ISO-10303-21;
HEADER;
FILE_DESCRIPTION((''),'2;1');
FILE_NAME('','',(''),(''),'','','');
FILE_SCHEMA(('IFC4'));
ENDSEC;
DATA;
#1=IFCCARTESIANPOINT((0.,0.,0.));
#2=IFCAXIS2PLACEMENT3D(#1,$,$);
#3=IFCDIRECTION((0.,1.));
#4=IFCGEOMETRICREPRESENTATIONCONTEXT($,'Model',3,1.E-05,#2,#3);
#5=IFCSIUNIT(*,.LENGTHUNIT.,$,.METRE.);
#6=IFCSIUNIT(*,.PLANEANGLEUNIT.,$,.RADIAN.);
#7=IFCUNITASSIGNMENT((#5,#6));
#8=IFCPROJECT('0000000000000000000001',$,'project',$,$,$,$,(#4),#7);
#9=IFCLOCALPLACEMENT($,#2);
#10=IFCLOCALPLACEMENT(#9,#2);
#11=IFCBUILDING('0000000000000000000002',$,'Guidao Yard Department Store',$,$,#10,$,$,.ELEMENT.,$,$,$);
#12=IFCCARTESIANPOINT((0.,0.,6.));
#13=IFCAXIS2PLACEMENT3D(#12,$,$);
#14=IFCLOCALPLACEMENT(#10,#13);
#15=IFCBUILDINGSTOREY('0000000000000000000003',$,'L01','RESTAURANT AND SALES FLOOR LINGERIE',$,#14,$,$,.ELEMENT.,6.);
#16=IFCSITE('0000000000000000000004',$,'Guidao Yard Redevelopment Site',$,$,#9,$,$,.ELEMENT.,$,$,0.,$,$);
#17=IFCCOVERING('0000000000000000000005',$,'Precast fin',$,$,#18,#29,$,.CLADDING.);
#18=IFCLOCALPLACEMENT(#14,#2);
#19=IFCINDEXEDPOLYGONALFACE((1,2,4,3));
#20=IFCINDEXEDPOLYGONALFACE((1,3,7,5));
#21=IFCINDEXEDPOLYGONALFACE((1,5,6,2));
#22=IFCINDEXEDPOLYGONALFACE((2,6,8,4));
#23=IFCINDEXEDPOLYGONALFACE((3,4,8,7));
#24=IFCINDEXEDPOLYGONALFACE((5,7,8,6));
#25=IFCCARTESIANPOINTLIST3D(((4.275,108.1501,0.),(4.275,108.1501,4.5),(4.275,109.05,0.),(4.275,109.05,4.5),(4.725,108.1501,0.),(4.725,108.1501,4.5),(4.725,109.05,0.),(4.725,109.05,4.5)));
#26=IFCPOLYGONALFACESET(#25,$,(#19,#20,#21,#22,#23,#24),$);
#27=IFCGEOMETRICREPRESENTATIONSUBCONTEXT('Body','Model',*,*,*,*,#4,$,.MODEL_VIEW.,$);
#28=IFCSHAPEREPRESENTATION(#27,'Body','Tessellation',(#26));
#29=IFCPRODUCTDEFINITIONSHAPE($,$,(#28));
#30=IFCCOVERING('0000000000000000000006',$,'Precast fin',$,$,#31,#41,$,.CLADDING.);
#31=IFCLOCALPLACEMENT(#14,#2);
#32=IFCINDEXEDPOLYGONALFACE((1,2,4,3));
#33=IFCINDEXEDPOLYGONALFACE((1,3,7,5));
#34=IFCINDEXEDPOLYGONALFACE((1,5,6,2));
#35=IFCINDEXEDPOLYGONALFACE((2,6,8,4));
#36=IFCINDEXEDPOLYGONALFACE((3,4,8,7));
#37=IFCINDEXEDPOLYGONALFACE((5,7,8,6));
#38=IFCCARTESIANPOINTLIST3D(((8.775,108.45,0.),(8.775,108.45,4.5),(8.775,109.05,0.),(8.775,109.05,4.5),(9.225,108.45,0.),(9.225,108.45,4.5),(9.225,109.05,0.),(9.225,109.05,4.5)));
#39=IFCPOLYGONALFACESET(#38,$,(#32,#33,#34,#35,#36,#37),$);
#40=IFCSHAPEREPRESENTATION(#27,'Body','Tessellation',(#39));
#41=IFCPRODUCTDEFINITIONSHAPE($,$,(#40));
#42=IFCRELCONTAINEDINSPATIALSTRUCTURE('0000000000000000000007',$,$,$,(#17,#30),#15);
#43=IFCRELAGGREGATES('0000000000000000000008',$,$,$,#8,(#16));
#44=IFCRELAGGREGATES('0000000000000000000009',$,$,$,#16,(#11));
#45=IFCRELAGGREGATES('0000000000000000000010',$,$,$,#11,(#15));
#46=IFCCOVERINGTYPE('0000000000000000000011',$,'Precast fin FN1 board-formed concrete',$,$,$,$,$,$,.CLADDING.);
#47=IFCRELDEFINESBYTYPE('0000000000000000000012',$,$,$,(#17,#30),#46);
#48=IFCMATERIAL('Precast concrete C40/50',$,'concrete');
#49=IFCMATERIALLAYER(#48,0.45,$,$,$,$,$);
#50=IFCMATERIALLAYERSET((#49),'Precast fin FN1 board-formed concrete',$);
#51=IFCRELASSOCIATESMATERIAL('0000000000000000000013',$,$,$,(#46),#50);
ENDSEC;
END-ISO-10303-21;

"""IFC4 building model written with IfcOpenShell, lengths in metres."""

from ifc_helpers import new_model, si_unit, direction, frame, origin, origin_2d, place, context, subcontext, project, spatial, rectangle, extrude, material, layer, layer_set, type_object, element, save


model = new_model("IFC4")

# Units and contexts
model_context = context("Model", 3, precision=1e-05, world=origin(), true_north=direction((0.0, 1.0)))
body_context = subcontext(model_context, "Body", "Model", "MODEL_VIEW")
ifc_project = project(units=[si_unit("LENGTHUNIT", "METRE"), si_unit("PLANEANGLEUNIT", "RADIAN")], contexts=[model_context])

# Site, building, storey
site_placement = place(None, origin())
site = spatial("IfcSite", under=ifc_project, at=site_placement, Name="Guidao Yard Redevelopment Site", CompositionType="ELEMENT", RefElevation=0.0)
building_placement = place(site_placement, origin())
building = spatial("IfcBuilding", under=site, at=building_placement, Name="Guidao Yard Department Store", CompositionType="ELEMENT")
storey_placement = place(building_placement, frame((0.0, 0.0, 6.0)))
storey = spatial("IfcBuildingStorey", under=building, at=storey_placement, Name="L01", Description="RESTAURANT AND SALES FLOOR LINGERIE", CompositionType="ELEMENT", Elevation=6.0)

# Coverings
ifc_material_1 = material(Name="Precast concrete C40/50", Category="concrete")
ifc_layer_1 = layer(ifc_material_1, 0.45)
ifc_layer_set_1 = layer_set([ifc_layer_1], Name="Precast fin FN1 board-formed concrete")
covering_type = type_object("IfcCoveringType", Name="Precast fin FN1 board-formed concrete", PredefinedType="CLADDING", material=ifc_layer_set_1)
covering_1_placement = place(storey_placement, frame((4.5, 108.6001, 0.0), z_axis=(0.0, 0.0, 1.0), x_axis=(1.0, 0.0, 0.0)))
element("IfcCovering", 1, at=covering_1_placement, inside=storey, type_object=covering_type, Name="Precast fin", PredefinedType="CLADDING", context=body_context, shape_type="SweptSolid", body=[
    extrude(rectangle(XDim=0.45, YDim=0.8999, at=origin_2d()), origin(), (0.0, 0.0, 1.0), 4.5),
])
covering_2_placement = place(storey_placement, frame((9.0, 108.75, 0.0), z_axis=(0.0, 0.0, 1.0), x_axis=(1.0, 0.0, 0.0)))
element("IfcCovering", 2, at=covering_2_placement, inside=storey, type_object=covering_type, Name="Precast fin", PredefinedType="CLADDING", context=body_context, shape_type="SweptSolid", body=[
    extrude(rectangle(XDim=0.45, YDim=0.6001, at=origin_2d()), origin(), (0.0, 0.0, 1.0), 4.5),
])

save(model, "model.ifc")
